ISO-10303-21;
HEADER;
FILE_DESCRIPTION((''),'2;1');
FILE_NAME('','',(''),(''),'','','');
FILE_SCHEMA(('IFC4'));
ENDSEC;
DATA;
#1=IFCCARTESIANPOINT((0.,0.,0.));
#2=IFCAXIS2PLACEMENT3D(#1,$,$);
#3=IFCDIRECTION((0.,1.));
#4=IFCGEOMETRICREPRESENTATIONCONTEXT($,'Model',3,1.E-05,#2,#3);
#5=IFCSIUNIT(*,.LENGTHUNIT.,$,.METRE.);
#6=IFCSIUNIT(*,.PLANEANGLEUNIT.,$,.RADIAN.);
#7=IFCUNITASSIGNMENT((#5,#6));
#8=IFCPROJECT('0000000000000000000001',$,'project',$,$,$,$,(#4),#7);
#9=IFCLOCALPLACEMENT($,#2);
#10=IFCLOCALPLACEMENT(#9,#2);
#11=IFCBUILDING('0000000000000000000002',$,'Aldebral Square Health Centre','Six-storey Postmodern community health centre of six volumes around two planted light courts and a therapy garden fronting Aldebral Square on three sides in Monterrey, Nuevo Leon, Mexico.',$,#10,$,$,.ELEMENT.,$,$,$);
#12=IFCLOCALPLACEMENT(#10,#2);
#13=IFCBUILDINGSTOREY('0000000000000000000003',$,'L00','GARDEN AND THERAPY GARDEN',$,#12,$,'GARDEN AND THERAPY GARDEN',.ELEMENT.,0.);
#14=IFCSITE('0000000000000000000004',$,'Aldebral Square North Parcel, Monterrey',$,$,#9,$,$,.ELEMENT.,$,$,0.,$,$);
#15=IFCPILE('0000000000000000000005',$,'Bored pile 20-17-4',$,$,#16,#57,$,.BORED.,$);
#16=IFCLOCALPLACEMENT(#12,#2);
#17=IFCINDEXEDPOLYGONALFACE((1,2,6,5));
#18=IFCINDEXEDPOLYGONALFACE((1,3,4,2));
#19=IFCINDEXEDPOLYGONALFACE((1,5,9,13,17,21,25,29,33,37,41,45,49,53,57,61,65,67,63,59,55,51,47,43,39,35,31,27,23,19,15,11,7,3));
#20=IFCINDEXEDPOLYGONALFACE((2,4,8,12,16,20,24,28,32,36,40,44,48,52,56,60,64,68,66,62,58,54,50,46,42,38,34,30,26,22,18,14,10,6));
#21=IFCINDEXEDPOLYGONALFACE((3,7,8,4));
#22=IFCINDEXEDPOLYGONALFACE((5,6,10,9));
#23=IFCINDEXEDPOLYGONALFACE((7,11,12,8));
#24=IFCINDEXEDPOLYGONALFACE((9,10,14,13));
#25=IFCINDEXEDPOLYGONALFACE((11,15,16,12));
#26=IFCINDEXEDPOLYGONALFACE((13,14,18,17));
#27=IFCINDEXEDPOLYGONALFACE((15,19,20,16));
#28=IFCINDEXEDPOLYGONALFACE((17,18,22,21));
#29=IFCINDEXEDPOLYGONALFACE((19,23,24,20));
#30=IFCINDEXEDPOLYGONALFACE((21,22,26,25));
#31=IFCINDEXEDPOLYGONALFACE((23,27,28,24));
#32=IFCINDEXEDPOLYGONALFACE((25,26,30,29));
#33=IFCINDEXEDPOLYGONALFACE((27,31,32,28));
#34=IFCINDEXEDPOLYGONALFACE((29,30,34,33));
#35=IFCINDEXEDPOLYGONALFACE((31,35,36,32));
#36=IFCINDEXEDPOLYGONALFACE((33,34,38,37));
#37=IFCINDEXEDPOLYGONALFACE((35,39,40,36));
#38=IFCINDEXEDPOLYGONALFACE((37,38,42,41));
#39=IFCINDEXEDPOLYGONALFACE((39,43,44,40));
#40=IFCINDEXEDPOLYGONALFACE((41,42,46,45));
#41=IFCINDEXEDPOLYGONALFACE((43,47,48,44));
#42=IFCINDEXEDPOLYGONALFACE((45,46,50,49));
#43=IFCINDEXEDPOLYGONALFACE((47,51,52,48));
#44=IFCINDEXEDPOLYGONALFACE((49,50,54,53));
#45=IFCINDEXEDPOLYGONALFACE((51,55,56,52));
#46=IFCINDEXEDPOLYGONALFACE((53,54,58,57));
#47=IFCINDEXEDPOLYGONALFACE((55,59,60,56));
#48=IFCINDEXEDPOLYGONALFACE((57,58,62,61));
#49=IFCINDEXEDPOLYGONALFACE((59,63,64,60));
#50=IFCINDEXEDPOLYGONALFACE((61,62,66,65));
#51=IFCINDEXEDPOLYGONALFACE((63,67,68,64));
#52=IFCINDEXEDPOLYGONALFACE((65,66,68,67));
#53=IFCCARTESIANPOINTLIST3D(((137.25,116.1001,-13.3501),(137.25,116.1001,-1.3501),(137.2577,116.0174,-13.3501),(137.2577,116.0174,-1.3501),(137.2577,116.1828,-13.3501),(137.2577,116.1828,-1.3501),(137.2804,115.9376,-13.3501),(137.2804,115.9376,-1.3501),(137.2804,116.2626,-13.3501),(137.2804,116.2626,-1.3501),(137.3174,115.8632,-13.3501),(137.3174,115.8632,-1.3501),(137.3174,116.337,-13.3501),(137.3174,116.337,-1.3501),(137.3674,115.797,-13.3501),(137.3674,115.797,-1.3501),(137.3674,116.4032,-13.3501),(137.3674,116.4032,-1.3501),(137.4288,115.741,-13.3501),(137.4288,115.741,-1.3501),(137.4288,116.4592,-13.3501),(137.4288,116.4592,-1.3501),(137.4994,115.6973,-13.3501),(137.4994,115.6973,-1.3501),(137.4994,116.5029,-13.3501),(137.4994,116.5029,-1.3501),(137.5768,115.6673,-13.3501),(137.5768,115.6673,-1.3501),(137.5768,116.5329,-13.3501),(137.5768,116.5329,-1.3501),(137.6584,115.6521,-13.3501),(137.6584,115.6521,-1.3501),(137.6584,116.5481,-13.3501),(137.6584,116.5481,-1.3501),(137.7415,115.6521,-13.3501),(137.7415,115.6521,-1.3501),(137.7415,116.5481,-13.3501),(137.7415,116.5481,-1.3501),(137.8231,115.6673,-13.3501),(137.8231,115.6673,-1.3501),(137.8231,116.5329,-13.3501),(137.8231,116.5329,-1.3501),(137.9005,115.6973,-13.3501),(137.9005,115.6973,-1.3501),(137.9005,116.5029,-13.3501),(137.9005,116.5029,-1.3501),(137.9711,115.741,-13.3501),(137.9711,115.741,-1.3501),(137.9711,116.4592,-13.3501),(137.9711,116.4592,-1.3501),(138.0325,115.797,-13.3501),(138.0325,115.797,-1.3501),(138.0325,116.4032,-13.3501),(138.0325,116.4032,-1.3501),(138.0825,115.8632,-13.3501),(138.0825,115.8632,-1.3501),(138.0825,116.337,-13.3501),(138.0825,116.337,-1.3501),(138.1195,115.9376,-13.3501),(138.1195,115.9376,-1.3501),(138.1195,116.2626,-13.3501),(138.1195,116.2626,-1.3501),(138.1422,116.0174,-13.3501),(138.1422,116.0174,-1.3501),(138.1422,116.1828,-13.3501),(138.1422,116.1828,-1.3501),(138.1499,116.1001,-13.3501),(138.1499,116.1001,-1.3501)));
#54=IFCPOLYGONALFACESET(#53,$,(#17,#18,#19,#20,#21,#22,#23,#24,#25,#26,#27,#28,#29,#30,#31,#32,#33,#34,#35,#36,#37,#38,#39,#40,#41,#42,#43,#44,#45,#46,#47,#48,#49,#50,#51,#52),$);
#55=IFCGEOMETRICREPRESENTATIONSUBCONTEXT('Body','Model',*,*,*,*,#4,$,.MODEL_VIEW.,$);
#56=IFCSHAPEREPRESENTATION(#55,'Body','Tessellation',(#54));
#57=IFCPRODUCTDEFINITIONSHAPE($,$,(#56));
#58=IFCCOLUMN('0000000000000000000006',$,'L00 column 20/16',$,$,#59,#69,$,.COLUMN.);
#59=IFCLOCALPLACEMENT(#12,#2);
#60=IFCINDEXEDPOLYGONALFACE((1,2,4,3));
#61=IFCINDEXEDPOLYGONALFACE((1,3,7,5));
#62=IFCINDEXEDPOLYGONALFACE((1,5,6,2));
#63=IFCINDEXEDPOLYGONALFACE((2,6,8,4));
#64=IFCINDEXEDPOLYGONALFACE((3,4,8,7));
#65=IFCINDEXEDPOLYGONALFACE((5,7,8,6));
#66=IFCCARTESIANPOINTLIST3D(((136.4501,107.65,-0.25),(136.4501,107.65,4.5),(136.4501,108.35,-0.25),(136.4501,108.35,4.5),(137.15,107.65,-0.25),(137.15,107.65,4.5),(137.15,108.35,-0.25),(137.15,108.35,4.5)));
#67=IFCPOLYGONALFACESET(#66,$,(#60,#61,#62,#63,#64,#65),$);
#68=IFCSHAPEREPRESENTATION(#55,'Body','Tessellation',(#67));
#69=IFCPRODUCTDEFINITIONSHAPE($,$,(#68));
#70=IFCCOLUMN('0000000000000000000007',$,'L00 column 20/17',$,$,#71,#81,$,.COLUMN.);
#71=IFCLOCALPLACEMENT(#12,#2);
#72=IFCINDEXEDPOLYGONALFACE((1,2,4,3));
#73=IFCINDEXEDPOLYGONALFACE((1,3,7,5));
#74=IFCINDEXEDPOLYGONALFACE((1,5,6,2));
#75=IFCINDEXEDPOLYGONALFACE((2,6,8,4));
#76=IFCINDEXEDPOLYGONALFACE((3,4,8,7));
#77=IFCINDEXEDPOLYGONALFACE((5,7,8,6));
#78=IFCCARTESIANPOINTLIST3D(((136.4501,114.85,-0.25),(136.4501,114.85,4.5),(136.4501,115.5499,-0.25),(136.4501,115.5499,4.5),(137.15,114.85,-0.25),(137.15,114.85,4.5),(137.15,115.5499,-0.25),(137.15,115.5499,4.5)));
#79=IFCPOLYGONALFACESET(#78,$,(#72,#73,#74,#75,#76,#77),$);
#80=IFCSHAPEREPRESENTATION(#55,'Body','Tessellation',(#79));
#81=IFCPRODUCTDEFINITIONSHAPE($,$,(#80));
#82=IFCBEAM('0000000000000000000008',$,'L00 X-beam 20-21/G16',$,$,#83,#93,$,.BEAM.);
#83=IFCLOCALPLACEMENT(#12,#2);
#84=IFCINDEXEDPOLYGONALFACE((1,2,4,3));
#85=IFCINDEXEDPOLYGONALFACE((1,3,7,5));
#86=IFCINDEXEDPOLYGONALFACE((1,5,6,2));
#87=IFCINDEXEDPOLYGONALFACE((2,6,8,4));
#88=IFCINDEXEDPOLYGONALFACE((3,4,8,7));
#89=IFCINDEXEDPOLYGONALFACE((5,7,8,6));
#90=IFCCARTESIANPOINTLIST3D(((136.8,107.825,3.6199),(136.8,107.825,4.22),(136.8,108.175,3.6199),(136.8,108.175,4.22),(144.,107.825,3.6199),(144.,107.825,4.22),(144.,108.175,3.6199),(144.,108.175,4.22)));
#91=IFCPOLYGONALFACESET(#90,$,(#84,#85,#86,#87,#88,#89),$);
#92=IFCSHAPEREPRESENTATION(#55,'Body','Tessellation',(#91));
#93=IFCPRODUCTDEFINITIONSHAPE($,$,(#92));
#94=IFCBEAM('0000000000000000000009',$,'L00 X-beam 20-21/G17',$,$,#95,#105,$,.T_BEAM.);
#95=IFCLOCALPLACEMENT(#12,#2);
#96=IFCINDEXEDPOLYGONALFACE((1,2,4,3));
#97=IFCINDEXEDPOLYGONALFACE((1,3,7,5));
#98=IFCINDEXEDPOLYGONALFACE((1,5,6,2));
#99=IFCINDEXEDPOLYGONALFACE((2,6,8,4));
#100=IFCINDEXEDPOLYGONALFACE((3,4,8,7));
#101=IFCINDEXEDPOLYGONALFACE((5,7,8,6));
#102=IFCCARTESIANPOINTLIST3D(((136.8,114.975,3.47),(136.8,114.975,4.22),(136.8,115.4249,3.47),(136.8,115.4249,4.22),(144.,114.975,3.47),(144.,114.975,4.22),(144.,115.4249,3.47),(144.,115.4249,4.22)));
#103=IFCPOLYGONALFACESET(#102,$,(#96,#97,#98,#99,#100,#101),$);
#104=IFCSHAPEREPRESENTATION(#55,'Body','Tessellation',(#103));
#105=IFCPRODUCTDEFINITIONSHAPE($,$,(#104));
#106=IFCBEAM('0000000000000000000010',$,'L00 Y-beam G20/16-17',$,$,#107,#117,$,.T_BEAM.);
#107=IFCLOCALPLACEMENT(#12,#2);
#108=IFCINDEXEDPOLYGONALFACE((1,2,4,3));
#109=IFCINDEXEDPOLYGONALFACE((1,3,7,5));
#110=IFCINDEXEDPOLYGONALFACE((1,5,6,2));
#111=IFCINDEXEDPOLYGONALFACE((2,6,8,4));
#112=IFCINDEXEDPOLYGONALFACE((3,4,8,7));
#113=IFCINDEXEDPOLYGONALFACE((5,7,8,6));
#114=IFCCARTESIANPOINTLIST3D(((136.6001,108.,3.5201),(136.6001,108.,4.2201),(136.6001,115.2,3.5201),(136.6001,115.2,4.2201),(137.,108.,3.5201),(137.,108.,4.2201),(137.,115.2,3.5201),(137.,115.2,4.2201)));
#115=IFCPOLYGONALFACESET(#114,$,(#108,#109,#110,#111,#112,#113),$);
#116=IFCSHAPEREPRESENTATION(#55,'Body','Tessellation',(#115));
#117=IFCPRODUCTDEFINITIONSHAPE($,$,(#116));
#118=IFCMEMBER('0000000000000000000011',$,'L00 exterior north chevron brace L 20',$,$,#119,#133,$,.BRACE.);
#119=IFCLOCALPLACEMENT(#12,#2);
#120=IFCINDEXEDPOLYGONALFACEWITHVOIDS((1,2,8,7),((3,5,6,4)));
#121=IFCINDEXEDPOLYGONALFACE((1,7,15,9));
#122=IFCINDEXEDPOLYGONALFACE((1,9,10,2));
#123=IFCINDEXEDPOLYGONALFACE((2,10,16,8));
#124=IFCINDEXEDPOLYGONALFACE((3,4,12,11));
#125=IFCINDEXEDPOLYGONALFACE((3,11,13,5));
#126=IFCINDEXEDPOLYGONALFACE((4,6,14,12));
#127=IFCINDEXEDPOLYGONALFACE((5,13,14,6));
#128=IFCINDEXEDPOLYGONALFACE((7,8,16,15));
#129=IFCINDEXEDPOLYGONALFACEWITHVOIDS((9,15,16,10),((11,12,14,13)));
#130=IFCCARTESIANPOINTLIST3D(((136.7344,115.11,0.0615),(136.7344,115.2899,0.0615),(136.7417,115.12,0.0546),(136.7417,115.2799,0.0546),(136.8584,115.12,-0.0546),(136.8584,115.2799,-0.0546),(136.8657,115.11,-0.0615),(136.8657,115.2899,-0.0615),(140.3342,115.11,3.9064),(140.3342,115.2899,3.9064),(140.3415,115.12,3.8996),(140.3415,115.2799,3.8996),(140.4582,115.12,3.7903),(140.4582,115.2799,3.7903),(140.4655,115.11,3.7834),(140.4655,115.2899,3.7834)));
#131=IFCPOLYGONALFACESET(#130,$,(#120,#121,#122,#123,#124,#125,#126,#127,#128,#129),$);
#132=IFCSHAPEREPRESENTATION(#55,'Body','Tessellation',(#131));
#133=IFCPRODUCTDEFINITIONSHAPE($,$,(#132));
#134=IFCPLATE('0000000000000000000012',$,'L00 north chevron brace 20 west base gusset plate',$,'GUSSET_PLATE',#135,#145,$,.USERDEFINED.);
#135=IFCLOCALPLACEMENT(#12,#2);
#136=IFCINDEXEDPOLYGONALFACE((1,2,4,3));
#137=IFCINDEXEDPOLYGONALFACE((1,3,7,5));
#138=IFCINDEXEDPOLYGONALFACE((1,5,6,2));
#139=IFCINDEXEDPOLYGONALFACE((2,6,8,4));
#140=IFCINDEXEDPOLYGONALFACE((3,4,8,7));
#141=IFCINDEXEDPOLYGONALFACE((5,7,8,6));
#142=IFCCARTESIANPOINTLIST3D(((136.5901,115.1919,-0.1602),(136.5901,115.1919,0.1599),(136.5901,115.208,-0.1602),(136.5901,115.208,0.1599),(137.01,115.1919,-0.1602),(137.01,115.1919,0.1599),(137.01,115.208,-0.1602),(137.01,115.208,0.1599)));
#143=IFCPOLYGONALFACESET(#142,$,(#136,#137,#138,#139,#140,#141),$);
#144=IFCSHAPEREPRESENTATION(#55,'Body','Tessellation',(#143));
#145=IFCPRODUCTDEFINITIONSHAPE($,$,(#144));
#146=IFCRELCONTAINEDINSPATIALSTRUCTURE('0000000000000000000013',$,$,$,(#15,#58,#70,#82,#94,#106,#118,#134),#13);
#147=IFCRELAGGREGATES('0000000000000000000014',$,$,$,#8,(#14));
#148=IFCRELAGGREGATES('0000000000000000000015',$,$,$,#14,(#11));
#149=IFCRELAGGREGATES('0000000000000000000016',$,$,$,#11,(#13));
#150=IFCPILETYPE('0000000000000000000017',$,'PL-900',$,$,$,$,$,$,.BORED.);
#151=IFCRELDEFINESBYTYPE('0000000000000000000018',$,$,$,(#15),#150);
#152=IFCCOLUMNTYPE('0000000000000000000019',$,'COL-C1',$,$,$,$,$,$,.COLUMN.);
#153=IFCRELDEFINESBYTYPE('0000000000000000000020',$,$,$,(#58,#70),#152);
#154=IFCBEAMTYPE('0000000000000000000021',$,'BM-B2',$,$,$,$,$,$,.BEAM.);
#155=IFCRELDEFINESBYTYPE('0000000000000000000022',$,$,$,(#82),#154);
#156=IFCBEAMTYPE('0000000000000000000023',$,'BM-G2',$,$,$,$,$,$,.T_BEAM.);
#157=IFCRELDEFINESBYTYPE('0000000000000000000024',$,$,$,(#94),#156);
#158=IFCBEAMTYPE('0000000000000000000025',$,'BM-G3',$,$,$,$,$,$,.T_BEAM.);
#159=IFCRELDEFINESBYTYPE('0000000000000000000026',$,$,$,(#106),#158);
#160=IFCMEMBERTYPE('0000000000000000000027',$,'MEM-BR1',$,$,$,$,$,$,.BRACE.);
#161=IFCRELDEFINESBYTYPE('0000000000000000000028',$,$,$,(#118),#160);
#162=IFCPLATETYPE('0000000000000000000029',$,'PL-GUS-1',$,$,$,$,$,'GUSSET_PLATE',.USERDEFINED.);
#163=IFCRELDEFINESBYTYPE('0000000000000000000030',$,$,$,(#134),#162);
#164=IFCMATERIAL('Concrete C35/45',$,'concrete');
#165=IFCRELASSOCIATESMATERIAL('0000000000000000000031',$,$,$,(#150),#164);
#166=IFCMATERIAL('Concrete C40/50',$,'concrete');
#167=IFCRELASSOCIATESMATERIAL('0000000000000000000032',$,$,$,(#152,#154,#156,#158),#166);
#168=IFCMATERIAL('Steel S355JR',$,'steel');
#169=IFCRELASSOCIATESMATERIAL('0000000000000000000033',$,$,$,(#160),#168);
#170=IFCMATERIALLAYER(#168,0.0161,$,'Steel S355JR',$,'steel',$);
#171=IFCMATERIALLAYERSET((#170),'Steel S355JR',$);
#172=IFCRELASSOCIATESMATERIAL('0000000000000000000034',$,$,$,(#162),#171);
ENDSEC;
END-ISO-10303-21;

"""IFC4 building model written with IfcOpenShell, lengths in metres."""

from ifc_helpers import new_model, si_unit, direction, frame, origin, origin_2d, place, context, subcontext, project, spatial, rectangle, hollow_rectangle, circle, extrude, material, layer, layer_set, material_profile, profile_set, type_object, element, save


model = new_model("IFC4")

# Units and contexts
model_context = context("Model", 3, precision=1e-05, world=origin(), true_north=direction((0.0, 1.0)))
body_context = subcontext(model_context, "Body", "Model", "MODEL_VIEW")
ifc_project = project(units=[si_unit("LENGTHUNIT", "METRE"), si_unit("PLANEANGLEUNIT", "RADIAN")], contexts=[model_context])

# Site, building, storey
site_placement = place(None, origin())
site = spatial("IfcSite", under=ifc_project, at=site_placement, Name="Aldebral Square North Parcel, Monterrey", CompositionType="ELEMENT", RefElevation=0.0)
building_placement = place(site_placement, origin())
building = spatial("IfcBuilding", under=site, at=building_placement, Name="Aldebral Square Health Centre", Description="Six-storey Postmodern community health centre of six volumes around two planted light courts and a therapy garden fronting Aldebral Square on three sides in Monterrey, Nuevo Leon, Mexico.", CompositionType="ELEMENT")
storey_placement = place(building_placement, origin())
storey = spatial("IfcBuildingStorey", under=building, at=storey_placement, Name="L00", Description="GARDEN AND THERAPY GARDEN", LongName="GARDEN AND THERAPY GARDEN", CompositionType="ELEMENT", Elevation=0.0)

# Shared definitions
ifc_material_1 = material(Name="Concrete C35/45", Category="concrete")

# Pile
ifc_material_profile_1 = material_profile(ifc_material_1, circle(Radius=0.45, at=origin_2d()), Name="PILE D900")
ifc_profile_set_1 = profile_set([ifc_material_profile_1], Name="Concrete C35/45")
pile_type = type_object("IfcPileType", Name="PL-900", PredefinedType="BORED", material=ifc_profile_set_1)
for number, where, z_axis, x_axis, name in (
    (1, (137.7, 116.1001, -1.3501), (0.0, 0.0, -1.0), (1.0, 0.0, 0.0), "Bored pile 20-17-4"),
):
    element("IfcPile", number, at=place(storey_placement, frame(where, z_axis=z_axis, x_axis=x_axis)), inside=storey, type_object=pile_type, Name=name, PredefinedType="BORED", context=body_context, shape_type="SweptSolid", body=[
        extrude(circle(Radius=0.45, at=origin_2d()), origin(), (0.0, 0.0, 1.0), 12.0),
    ])

# Columns
ifc_material_2 = material(Name="Concrete C40/50", Category="concrete")
ifc_material_profile_2 = material_profile(ifc_material_2, rectangle(XDim=0.7, YDim=0.7, at=origin_2d()), Name="RC 700x700")
ifc_profile_set_2 = profile_set([ifc_material_profile_2], Name="Concrete C40/50")
column_type = type_object("IfcColumnType", Name="COL-C1", PredefinedType="COLUMN", material=ifc_profile_set_2)
for number, where, z_axis, x_axis, name in (
    (2, (136.8, 108.0, -0.25), (0.0, 0.0, 1.0), (1.0, 0.0, 0.0), "L00 column 20/16"),
    (3, (136.8, 115.2, -0.25), (0.0, 0.0, 1.0), (1.0, 0.0, 0.0), "L00 column 20/17"),
):
    element("IfcColumn", number, at=place(storey_placement, frame(where, z_axis=z_axis, x_axis=x_axis)), inside=storey, type_object=column_type, Name=name, PredefinedType="COLUMN", context=body_context, shape_type="SweptSolid", body=[
        extrude(rectangle(XDim=0.7, YDim=0.7, at=origin_2d()), origin(), (0.0, 0.0, 1.0), 4.75),
    ])

# Beams
ifc_material_profile_3 = material_profile(ifc_material_2, rectangle(XDim=0.3501, YDim=0.6001, at=origin_2d()), Name="RC 350x600")
ifc_profile_set_3 = profile_set([ifc_material_profile_3], Name="Concrete C40/50")
beam_type_1 = type_object("IfcBeamType", Name="BM-B2", PredefinedType="BEAM", material=ifc_profile_set_3)
beam_1_placement = place(storey_placement, frame((136.8, 108.0, 3.9199), z_axis=(1.0, 0.0, 0.0), x_axis=(0.0, 1.0, 0.0)))
element("IfcBeam", 4, at=beam_1_placement, inside=storey, type_object=beam_type_1, Name="L00 X-beam 20-21/G16", PredefinedType="BEAM", context=body_context, shape_type="SweptSolid", body=[
    extrude(rectangle(XDim=0.3501, YDim=0.6001, at=origin_2d()), origin(), (0.0, 0.0, 1.0), 7.2),
])
ifc_material_profile_4 = material_profile(ifc_material_2, rectangle(XDim=0.45, YDim=0.75, at=origin_2d()), Name="RC 450x750")
ifc_profile_set_4 = profile_set([ifc_material_profile_4], Name="Concrete C40/50")
beam_type_2 = type_object("IfcBeamType", Name="BM-G2", PredefinedType="T_BEAM", material=ifc_profile_set_4)
beam_2_placement = place(storey_placement, frame((136.8, 115.2, 3.845), z_axis=(1.0, 0.0, 0.0), x_axis=(0.0, 1.0, 0.0)))
element("IfcBeam", 5, at=beam_2_placement, inside=storey, type_object=beam_type_2, Name="L00 X-beam 20-21/G17", PredefinedType="T_BEAM", context=body_context, shape_type="SweptSolid", body=[
    extrude(rectangle(XDim=0.45, YDim=0.75, at=origin_2d()), origin(), (0.0, 0.0, 1.0), 7.2),
])
ifc_material_profile_5 = material_profile(ifc_material_2, rectangle(XDim=0.3999, YDim=0.7, at=origin_2d()), Name="RC 400x700")
ifc_profile_set_5 = profile_set([ifc_material_profile_5], Name="Concrete C40/50")
beam_type_3 = type_object("IfcBeamType", Name="BM-G3", PredefinedType="T_BEAM", material=ifc_profile_set_5)
beam_3_placement = place(storey_placement, frame((136.8, 108.0, 3.8701), z_axis=(0.0, 1.0, 0.0), x_axis=(-1.0, 0.0, 0.0)))
element("IfcBeam", 6, at=beam_3_placement, inside=storey, type_object=beam_type_3, Name="L00 Y-beam G20/16-17", PredefinedType="T_BEAM", context=body_context, shape_type="SweptSolid", body=[
    extrude(rectangle(XDim=0.3999, YDim=0.7, at=origin_2d()), origin(), (0.0, 0.0, 1.0), 7.2),
])

# Member
ifc_material_3 = material(Name="Steel S355JR", Category="steel")
ifc_material_profile_6 = material_profile(ifc_material_3, hollow_rectangle(XDim=0.1799, YDim=0.1799, WallThickness=0.01, at=origin_2d()), Name="180x180x10 SHS")
ifc_profile_set_6 = profile_set([ifc_material_profile_6], Name="Steel S355JR")
member_type = type_object("IfcMemberType", Name="MEM-BR1", PredefinedType="BRACE", material=ifc_profile_set_6)
member_placement = place(storey_placement, frame((136.8, 115.2, 0.0), z_axis=(0.683455, 0.0, 0.729992), x_axis=(0.0, 1.0, 0.0)))
element("IfcMember", 7, at=member_placement, inside=storey, type_object=member_type, Name="L00 exterior north chevron brace L 20", PredefinedType="BRACE", context=body_context, shape_type="SweptSolid", body=[
    extrude(hollow_rectangle(XDim=0.1799, YDim=0.1799, WallThickness=0.01, at=origin_2d()), origin(), (0.0, 0.0, 1.0), 5.2671),
])

# Plate
ifc_layer_1 = layer(ifc_material_3, 0.0161, Name="Steel S355JR", Category="steel")
ifc_layer_set_1 = layer_set([ifc_layer_1], Name="Steel S355JR")
plate_type = type_object("IfcPlateType", Name="PL-GUS-1", ElementType="GUSSET_PLATE", PredefinedType="USERDEFINED", material=ifc_layer_set_1)
plate_placement = place(storey_placement, frame((136.8, 115.2, -0.1602), z_axis=(0.0, 0.0, 1.0), x_axis=(1.0, 0.0, 0.0)))
element("IfcPlate", 8, at=plate_placement, inside=storey, type_object=plate_type, Name="L00 north chevron brace 20 west base gusset plate", ObjectType="GUSSET_PLATE", PredefinedType="USERDEFINED", context=body_context, shape_type="SweptSolid", body=[
    extrude(rectangle(XDim=0.4199, YDim=0.0161, at=origin_2d()), origin(), (0.0, 0.0, 1.0), 0.3201),
])

save(model, "model.ifc")
